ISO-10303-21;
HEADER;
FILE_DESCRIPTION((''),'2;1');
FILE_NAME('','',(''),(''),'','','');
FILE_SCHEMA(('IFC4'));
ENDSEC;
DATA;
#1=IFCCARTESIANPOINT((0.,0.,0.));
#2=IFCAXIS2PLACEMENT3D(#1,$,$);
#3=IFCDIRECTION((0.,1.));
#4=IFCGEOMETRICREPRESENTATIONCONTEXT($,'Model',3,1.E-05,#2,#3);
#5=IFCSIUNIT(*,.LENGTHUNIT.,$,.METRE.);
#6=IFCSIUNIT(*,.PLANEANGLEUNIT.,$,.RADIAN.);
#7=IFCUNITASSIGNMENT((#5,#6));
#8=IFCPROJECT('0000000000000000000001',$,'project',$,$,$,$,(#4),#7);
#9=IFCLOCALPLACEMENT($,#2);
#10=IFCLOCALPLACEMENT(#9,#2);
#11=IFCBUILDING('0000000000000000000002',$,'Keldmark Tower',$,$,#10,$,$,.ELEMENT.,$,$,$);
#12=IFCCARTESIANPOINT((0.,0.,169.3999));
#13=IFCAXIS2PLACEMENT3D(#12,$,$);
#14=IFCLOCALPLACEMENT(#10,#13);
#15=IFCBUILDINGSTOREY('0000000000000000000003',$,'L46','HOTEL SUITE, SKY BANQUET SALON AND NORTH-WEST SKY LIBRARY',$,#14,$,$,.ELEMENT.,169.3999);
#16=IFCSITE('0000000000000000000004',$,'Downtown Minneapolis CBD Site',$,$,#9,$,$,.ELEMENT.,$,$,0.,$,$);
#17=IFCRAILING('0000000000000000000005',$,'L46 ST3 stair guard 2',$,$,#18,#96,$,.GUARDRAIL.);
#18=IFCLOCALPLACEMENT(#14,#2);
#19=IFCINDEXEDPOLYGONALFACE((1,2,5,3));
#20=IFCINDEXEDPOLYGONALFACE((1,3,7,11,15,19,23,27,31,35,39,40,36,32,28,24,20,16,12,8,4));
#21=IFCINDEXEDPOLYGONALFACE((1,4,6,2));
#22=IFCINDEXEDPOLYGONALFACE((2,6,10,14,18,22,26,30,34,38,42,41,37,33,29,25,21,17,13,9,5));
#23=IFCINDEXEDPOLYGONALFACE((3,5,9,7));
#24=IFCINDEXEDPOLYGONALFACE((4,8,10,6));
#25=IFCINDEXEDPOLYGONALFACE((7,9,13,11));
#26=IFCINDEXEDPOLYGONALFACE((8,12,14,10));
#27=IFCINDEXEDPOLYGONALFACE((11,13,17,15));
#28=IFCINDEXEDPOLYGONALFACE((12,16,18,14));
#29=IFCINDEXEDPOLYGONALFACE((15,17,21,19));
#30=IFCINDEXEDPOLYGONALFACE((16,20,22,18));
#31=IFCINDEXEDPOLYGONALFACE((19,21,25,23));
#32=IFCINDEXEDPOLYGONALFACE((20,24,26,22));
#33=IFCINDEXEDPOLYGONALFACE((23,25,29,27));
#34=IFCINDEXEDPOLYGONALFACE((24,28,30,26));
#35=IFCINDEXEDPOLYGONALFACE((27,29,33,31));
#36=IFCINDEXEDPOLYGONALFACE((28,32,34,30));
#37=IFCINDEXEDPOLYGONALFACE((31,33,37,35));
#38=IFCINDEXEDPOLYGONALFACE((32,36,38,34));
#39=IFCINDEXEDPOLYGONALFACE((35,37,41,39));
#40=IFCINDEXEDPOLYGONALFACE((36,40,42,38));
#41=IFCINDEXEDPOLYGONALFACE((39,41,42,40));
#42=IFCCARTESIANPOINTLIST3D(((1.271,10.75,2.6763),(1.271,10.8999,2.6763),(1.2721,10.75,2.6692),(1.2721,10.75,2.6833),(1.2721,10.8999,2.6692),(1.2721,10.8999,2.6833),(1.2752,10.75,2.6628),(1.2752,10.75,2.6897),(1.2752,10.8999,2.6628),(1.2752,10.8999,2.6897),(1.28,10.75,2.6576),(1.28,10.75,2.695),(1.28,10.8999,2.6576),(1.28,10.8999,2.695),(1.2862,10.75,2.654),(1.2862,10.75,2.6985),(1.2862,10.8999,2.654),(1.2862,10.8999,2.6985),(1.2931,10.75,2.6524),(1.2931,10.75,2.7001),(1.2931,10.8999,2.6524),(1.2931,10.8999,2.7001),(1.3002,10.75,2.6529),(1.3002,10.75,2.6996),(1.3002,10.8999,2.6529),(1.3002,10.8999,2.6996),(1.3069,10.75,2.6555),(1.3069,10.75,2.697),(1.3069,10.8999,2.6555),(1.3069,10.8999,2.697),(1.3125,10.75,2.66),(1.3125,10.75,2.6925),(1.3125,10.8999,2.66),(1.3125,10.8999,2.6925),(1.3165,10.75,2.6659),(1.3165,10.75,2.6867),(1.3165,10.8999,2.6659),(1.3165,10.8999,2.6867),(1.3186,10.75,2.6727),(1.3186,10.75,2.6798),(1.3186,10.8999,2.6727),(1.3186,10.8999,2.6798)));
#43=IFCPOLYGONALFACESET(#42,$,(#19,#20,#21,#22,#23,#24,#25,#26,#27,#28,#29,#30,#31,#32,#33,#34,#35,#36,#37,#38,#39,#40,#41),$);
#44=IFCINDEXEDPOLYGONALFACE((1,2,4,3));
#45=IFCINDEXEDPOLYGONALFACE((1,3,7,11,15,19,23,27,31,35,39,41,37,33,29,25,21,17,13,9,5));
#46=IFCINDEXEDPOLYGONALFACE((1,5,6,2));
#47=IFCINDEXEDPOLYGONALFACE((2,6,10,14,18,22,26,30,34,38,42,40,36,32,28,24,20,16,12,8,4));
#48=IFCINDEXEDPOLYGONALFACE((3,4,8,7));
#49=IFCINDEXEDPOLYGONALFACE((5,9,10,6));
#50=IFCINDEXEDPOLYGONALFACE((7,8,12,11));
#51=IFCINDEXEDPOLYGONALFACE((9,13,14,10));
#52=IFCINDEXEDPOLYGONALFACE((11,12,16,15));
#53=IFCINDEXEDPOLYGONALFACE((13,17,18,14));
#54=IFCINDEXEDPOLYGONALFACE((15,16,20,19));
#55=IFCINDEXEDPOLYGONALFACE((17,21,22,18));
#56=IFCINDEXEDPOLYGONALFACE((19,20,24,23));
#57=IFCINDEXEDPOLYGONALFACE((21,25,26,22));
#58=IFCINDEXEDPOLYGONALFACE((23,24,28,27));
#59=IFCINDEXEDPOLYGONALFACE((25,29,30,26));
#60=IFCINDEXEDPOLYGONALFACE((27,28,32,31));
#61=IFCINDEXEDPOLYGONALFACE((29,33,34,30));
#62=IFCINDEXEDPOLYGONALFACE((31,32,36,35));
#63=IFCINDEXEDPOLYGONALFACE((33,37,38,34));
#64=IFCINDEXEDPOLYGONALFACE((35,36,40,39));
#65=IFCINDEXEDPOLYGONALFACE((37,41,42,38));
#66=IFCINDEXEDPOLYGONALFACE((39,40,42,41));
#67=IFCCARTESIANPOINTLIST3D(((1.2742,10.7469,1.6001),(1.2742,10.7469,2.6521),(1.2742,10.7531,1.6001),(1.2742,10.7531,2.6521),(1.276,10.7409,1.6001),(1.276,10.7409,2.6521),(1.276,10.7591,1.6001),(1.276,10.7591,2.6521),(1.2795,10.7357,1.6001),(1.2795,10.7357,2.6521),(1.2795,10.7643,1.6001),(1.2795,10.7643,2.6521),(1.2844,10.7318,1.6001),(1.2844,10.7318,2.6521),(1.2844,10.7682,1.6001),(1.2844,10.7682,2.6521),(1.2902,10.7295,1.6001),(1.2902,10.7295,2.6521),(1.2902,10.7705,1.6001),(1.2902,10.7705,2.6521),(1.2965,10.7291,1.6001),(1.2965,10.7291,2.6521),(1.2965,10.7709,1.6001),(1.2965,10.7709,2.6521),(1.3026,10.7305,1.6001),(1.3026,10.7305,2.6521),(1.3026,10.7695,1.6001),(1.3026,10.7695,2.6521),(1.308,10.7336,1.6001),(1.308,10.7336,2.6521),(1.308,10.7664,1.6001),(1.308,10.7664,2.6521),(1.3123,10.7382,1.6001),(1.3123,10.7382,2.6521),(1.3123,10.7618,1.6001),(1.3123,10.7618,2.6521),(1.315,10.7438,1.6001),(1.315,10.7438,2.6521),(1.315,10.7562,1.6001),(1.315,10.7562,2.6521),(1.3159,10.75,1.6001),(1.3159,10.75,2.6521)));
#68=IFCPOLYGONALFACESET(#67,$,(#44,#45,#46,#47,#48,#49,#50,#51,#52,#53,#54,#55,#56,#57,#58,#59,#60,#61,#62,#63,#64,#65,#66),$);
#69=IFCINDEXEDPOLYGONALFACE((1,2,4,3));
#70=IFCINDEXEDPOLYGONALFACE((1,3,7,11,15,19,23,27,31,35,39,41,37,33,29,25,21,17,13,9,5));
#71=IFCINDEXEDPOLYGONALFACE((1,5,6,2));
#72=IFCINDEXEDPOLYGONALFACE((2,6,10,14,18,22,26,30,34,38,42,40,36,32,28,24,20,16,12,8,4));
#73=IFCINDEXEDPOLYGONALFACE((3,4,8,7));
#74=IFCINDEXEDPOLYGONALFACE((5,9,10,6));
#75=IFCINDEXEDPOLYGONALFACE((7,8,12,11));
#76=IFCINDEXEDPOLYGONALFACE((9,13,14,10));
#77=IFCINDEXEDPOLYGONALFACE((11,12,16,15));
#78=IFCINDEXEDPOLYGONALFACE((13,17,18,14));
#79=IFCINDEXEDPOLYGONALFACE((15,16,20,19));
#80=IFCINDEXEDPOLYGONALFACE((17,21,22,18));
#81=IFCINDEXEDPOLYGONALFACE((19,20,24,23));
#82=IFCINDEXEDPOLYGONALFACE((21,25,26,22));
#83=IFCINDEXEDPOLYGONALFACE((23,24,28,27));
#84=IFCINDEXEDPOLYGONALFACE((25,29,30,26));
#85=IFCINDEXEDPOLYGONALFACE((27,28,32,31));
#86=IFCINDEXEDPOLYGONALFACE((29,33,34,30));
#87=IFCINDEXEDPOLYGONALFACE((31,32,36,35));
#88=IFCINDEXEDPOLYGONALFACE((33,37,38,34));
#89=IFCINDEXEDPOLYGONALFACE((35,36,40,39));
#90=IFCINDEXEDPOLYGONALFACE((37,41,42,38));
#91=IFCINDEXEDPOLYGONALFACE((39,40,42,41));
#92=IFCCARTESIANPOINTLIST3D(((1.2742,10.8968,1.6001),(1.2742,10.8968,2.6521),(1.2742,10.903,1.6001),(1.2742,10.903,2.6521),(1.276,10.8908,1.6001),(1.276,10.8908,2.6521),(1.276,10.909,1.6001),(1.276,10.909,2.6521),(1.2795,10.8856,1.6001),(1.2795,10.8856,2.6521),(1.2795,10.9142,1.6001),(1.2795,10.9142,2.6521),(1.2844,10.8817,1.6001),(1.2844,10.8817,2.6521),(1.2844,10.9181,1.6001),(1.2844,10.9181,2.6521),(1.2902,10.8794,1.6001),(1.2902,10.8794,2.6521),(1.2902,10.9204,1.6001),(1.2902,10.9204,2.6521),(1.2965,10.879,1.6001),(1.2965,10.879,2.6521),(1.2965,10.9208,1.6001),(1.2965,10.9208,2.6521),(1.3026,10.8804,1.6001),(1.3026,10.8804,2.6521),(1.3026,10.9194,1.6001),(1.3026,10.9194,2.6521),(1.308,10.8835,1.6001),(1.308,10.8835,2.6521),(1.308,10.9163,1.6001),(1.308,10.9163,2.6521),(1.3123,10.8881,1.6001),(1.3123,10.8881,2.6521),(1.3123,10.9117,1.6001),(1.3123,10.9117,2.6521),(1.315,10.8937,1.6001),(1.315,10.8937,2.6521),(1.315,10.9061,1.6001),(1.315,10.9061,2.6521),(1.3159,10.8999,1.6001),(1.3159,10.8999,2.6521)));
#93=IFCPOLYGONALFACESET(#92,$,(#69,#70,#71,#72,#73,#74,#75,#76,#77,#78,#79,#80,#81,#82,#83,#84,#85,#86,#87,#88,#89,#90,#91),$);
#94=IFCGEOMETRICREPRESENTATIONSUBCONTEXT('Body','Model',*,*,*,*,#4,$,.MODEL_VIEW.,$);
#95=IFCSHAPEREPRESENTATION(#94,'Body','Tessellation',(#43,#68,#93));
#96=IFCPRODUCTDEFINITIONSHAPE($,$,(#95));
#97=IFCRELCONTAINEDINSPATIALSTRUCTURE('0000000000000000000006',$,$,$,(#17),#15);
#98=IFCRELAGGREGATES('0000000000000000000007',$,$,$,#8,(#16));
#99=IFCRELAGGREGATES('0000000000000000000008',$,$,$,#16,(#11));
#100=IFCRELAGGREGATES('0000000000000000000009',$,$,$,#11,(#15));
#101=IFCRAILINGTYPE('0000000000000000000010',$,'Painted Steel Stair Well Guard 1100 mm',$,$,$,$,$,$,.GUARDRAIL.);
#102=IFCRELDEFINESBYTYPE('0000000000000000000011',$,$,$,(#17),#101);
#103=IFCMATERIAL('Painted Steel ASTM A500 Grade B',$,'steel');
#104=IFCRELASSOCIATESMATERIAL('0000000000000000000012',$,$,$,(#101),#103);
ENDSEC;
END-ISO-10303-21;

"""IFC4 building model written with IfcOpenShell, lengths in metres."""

from ifc_helpers import new_model, si_unit, direction, frame, origin, origin_2d, place, context, subcontext, project, spatial, circle, extrude, material, type_object, element, save


model = new_model("IFC4")

# Units and contexts
model_context = context("Model", 3, precision=1e-05, world=origin(), true_north=direction((0.0, 1.0)))
body_context = subcontext(model_context, "Body", "Model", "MODEL_VIEW")
ifc_project = project(units=[si_unit("LENGTHUNIT", "METRE"), si_unit("PLANEANGLEUNIT", "RADIAN")], contexts=[model_context])

# Site, building, storey
site_placement = place(None, origin())
site = spatial("IfcSite", under=ifc_project, at=site_placement, Name="Downtown Minneapolis CBD Site", CompositionType="ELEMENT", RefElevation=0.0)
building_placement = place(site_placement, origin())
building = spatial("IfcBuilding", under=site, at=building_placement, Name="Keldmark Tower", CompositionType="ELEMENT")
storey_placement = place(building_placement, frame((0.0, 0.0, 169.3999)))
storey = spatial("IfcBuildingStorey", under=building, at=storey_placement, Name="L46", Description="HOTEL SUITE, SKY BANQUET SALON AND NORTH-WEST SKY LIBRARY", CompositionType="ELEMENT", Elevation=169.3999)

# Railing
ifc_material_1 = material(Name="Painted Steel ASTM A500 Grade B", Category="steel")
railing_type_1 = type_object("IfcRailingType", Name="Painted Steel Stair Well Guard 1100 mm", PredefinedType="GUARDRAIL", material=ifc_material_1)
railing_1_placement = place(storey_placement, frame((1.2949, 10.75, 1.6001)))
element("IfcRailing", 1, at=railing_1_placement, inside=storey, type_object=railing_type_1, Name="L46 ST3 stair guard 2", PredefinedType="GUARDRAIL", context=body_context, shape_type="SweptSolid", body=[
    extrude(circle(Radius=0.0239, at=origin_2d()), frame((0.0, 0.0, 1.0762), z_axis=(0.0, 1.0, 0.0), x_axis=(-1.0, 0.0, 0.0)), (0.0, 0.0, 1.0), 0.1499),
    extrude(circle(Radius=0.021, at=origin_2d()), origin(), (0.0, 0.0, 1.0), 1.052),
    extrude(circle(Radius=0.021, at=origin_2d()), frame((0.0, 0.1499, 0.0)), (0.0, 0.0, 1.0), 1.052),
])

save(model, "model.ifc")
